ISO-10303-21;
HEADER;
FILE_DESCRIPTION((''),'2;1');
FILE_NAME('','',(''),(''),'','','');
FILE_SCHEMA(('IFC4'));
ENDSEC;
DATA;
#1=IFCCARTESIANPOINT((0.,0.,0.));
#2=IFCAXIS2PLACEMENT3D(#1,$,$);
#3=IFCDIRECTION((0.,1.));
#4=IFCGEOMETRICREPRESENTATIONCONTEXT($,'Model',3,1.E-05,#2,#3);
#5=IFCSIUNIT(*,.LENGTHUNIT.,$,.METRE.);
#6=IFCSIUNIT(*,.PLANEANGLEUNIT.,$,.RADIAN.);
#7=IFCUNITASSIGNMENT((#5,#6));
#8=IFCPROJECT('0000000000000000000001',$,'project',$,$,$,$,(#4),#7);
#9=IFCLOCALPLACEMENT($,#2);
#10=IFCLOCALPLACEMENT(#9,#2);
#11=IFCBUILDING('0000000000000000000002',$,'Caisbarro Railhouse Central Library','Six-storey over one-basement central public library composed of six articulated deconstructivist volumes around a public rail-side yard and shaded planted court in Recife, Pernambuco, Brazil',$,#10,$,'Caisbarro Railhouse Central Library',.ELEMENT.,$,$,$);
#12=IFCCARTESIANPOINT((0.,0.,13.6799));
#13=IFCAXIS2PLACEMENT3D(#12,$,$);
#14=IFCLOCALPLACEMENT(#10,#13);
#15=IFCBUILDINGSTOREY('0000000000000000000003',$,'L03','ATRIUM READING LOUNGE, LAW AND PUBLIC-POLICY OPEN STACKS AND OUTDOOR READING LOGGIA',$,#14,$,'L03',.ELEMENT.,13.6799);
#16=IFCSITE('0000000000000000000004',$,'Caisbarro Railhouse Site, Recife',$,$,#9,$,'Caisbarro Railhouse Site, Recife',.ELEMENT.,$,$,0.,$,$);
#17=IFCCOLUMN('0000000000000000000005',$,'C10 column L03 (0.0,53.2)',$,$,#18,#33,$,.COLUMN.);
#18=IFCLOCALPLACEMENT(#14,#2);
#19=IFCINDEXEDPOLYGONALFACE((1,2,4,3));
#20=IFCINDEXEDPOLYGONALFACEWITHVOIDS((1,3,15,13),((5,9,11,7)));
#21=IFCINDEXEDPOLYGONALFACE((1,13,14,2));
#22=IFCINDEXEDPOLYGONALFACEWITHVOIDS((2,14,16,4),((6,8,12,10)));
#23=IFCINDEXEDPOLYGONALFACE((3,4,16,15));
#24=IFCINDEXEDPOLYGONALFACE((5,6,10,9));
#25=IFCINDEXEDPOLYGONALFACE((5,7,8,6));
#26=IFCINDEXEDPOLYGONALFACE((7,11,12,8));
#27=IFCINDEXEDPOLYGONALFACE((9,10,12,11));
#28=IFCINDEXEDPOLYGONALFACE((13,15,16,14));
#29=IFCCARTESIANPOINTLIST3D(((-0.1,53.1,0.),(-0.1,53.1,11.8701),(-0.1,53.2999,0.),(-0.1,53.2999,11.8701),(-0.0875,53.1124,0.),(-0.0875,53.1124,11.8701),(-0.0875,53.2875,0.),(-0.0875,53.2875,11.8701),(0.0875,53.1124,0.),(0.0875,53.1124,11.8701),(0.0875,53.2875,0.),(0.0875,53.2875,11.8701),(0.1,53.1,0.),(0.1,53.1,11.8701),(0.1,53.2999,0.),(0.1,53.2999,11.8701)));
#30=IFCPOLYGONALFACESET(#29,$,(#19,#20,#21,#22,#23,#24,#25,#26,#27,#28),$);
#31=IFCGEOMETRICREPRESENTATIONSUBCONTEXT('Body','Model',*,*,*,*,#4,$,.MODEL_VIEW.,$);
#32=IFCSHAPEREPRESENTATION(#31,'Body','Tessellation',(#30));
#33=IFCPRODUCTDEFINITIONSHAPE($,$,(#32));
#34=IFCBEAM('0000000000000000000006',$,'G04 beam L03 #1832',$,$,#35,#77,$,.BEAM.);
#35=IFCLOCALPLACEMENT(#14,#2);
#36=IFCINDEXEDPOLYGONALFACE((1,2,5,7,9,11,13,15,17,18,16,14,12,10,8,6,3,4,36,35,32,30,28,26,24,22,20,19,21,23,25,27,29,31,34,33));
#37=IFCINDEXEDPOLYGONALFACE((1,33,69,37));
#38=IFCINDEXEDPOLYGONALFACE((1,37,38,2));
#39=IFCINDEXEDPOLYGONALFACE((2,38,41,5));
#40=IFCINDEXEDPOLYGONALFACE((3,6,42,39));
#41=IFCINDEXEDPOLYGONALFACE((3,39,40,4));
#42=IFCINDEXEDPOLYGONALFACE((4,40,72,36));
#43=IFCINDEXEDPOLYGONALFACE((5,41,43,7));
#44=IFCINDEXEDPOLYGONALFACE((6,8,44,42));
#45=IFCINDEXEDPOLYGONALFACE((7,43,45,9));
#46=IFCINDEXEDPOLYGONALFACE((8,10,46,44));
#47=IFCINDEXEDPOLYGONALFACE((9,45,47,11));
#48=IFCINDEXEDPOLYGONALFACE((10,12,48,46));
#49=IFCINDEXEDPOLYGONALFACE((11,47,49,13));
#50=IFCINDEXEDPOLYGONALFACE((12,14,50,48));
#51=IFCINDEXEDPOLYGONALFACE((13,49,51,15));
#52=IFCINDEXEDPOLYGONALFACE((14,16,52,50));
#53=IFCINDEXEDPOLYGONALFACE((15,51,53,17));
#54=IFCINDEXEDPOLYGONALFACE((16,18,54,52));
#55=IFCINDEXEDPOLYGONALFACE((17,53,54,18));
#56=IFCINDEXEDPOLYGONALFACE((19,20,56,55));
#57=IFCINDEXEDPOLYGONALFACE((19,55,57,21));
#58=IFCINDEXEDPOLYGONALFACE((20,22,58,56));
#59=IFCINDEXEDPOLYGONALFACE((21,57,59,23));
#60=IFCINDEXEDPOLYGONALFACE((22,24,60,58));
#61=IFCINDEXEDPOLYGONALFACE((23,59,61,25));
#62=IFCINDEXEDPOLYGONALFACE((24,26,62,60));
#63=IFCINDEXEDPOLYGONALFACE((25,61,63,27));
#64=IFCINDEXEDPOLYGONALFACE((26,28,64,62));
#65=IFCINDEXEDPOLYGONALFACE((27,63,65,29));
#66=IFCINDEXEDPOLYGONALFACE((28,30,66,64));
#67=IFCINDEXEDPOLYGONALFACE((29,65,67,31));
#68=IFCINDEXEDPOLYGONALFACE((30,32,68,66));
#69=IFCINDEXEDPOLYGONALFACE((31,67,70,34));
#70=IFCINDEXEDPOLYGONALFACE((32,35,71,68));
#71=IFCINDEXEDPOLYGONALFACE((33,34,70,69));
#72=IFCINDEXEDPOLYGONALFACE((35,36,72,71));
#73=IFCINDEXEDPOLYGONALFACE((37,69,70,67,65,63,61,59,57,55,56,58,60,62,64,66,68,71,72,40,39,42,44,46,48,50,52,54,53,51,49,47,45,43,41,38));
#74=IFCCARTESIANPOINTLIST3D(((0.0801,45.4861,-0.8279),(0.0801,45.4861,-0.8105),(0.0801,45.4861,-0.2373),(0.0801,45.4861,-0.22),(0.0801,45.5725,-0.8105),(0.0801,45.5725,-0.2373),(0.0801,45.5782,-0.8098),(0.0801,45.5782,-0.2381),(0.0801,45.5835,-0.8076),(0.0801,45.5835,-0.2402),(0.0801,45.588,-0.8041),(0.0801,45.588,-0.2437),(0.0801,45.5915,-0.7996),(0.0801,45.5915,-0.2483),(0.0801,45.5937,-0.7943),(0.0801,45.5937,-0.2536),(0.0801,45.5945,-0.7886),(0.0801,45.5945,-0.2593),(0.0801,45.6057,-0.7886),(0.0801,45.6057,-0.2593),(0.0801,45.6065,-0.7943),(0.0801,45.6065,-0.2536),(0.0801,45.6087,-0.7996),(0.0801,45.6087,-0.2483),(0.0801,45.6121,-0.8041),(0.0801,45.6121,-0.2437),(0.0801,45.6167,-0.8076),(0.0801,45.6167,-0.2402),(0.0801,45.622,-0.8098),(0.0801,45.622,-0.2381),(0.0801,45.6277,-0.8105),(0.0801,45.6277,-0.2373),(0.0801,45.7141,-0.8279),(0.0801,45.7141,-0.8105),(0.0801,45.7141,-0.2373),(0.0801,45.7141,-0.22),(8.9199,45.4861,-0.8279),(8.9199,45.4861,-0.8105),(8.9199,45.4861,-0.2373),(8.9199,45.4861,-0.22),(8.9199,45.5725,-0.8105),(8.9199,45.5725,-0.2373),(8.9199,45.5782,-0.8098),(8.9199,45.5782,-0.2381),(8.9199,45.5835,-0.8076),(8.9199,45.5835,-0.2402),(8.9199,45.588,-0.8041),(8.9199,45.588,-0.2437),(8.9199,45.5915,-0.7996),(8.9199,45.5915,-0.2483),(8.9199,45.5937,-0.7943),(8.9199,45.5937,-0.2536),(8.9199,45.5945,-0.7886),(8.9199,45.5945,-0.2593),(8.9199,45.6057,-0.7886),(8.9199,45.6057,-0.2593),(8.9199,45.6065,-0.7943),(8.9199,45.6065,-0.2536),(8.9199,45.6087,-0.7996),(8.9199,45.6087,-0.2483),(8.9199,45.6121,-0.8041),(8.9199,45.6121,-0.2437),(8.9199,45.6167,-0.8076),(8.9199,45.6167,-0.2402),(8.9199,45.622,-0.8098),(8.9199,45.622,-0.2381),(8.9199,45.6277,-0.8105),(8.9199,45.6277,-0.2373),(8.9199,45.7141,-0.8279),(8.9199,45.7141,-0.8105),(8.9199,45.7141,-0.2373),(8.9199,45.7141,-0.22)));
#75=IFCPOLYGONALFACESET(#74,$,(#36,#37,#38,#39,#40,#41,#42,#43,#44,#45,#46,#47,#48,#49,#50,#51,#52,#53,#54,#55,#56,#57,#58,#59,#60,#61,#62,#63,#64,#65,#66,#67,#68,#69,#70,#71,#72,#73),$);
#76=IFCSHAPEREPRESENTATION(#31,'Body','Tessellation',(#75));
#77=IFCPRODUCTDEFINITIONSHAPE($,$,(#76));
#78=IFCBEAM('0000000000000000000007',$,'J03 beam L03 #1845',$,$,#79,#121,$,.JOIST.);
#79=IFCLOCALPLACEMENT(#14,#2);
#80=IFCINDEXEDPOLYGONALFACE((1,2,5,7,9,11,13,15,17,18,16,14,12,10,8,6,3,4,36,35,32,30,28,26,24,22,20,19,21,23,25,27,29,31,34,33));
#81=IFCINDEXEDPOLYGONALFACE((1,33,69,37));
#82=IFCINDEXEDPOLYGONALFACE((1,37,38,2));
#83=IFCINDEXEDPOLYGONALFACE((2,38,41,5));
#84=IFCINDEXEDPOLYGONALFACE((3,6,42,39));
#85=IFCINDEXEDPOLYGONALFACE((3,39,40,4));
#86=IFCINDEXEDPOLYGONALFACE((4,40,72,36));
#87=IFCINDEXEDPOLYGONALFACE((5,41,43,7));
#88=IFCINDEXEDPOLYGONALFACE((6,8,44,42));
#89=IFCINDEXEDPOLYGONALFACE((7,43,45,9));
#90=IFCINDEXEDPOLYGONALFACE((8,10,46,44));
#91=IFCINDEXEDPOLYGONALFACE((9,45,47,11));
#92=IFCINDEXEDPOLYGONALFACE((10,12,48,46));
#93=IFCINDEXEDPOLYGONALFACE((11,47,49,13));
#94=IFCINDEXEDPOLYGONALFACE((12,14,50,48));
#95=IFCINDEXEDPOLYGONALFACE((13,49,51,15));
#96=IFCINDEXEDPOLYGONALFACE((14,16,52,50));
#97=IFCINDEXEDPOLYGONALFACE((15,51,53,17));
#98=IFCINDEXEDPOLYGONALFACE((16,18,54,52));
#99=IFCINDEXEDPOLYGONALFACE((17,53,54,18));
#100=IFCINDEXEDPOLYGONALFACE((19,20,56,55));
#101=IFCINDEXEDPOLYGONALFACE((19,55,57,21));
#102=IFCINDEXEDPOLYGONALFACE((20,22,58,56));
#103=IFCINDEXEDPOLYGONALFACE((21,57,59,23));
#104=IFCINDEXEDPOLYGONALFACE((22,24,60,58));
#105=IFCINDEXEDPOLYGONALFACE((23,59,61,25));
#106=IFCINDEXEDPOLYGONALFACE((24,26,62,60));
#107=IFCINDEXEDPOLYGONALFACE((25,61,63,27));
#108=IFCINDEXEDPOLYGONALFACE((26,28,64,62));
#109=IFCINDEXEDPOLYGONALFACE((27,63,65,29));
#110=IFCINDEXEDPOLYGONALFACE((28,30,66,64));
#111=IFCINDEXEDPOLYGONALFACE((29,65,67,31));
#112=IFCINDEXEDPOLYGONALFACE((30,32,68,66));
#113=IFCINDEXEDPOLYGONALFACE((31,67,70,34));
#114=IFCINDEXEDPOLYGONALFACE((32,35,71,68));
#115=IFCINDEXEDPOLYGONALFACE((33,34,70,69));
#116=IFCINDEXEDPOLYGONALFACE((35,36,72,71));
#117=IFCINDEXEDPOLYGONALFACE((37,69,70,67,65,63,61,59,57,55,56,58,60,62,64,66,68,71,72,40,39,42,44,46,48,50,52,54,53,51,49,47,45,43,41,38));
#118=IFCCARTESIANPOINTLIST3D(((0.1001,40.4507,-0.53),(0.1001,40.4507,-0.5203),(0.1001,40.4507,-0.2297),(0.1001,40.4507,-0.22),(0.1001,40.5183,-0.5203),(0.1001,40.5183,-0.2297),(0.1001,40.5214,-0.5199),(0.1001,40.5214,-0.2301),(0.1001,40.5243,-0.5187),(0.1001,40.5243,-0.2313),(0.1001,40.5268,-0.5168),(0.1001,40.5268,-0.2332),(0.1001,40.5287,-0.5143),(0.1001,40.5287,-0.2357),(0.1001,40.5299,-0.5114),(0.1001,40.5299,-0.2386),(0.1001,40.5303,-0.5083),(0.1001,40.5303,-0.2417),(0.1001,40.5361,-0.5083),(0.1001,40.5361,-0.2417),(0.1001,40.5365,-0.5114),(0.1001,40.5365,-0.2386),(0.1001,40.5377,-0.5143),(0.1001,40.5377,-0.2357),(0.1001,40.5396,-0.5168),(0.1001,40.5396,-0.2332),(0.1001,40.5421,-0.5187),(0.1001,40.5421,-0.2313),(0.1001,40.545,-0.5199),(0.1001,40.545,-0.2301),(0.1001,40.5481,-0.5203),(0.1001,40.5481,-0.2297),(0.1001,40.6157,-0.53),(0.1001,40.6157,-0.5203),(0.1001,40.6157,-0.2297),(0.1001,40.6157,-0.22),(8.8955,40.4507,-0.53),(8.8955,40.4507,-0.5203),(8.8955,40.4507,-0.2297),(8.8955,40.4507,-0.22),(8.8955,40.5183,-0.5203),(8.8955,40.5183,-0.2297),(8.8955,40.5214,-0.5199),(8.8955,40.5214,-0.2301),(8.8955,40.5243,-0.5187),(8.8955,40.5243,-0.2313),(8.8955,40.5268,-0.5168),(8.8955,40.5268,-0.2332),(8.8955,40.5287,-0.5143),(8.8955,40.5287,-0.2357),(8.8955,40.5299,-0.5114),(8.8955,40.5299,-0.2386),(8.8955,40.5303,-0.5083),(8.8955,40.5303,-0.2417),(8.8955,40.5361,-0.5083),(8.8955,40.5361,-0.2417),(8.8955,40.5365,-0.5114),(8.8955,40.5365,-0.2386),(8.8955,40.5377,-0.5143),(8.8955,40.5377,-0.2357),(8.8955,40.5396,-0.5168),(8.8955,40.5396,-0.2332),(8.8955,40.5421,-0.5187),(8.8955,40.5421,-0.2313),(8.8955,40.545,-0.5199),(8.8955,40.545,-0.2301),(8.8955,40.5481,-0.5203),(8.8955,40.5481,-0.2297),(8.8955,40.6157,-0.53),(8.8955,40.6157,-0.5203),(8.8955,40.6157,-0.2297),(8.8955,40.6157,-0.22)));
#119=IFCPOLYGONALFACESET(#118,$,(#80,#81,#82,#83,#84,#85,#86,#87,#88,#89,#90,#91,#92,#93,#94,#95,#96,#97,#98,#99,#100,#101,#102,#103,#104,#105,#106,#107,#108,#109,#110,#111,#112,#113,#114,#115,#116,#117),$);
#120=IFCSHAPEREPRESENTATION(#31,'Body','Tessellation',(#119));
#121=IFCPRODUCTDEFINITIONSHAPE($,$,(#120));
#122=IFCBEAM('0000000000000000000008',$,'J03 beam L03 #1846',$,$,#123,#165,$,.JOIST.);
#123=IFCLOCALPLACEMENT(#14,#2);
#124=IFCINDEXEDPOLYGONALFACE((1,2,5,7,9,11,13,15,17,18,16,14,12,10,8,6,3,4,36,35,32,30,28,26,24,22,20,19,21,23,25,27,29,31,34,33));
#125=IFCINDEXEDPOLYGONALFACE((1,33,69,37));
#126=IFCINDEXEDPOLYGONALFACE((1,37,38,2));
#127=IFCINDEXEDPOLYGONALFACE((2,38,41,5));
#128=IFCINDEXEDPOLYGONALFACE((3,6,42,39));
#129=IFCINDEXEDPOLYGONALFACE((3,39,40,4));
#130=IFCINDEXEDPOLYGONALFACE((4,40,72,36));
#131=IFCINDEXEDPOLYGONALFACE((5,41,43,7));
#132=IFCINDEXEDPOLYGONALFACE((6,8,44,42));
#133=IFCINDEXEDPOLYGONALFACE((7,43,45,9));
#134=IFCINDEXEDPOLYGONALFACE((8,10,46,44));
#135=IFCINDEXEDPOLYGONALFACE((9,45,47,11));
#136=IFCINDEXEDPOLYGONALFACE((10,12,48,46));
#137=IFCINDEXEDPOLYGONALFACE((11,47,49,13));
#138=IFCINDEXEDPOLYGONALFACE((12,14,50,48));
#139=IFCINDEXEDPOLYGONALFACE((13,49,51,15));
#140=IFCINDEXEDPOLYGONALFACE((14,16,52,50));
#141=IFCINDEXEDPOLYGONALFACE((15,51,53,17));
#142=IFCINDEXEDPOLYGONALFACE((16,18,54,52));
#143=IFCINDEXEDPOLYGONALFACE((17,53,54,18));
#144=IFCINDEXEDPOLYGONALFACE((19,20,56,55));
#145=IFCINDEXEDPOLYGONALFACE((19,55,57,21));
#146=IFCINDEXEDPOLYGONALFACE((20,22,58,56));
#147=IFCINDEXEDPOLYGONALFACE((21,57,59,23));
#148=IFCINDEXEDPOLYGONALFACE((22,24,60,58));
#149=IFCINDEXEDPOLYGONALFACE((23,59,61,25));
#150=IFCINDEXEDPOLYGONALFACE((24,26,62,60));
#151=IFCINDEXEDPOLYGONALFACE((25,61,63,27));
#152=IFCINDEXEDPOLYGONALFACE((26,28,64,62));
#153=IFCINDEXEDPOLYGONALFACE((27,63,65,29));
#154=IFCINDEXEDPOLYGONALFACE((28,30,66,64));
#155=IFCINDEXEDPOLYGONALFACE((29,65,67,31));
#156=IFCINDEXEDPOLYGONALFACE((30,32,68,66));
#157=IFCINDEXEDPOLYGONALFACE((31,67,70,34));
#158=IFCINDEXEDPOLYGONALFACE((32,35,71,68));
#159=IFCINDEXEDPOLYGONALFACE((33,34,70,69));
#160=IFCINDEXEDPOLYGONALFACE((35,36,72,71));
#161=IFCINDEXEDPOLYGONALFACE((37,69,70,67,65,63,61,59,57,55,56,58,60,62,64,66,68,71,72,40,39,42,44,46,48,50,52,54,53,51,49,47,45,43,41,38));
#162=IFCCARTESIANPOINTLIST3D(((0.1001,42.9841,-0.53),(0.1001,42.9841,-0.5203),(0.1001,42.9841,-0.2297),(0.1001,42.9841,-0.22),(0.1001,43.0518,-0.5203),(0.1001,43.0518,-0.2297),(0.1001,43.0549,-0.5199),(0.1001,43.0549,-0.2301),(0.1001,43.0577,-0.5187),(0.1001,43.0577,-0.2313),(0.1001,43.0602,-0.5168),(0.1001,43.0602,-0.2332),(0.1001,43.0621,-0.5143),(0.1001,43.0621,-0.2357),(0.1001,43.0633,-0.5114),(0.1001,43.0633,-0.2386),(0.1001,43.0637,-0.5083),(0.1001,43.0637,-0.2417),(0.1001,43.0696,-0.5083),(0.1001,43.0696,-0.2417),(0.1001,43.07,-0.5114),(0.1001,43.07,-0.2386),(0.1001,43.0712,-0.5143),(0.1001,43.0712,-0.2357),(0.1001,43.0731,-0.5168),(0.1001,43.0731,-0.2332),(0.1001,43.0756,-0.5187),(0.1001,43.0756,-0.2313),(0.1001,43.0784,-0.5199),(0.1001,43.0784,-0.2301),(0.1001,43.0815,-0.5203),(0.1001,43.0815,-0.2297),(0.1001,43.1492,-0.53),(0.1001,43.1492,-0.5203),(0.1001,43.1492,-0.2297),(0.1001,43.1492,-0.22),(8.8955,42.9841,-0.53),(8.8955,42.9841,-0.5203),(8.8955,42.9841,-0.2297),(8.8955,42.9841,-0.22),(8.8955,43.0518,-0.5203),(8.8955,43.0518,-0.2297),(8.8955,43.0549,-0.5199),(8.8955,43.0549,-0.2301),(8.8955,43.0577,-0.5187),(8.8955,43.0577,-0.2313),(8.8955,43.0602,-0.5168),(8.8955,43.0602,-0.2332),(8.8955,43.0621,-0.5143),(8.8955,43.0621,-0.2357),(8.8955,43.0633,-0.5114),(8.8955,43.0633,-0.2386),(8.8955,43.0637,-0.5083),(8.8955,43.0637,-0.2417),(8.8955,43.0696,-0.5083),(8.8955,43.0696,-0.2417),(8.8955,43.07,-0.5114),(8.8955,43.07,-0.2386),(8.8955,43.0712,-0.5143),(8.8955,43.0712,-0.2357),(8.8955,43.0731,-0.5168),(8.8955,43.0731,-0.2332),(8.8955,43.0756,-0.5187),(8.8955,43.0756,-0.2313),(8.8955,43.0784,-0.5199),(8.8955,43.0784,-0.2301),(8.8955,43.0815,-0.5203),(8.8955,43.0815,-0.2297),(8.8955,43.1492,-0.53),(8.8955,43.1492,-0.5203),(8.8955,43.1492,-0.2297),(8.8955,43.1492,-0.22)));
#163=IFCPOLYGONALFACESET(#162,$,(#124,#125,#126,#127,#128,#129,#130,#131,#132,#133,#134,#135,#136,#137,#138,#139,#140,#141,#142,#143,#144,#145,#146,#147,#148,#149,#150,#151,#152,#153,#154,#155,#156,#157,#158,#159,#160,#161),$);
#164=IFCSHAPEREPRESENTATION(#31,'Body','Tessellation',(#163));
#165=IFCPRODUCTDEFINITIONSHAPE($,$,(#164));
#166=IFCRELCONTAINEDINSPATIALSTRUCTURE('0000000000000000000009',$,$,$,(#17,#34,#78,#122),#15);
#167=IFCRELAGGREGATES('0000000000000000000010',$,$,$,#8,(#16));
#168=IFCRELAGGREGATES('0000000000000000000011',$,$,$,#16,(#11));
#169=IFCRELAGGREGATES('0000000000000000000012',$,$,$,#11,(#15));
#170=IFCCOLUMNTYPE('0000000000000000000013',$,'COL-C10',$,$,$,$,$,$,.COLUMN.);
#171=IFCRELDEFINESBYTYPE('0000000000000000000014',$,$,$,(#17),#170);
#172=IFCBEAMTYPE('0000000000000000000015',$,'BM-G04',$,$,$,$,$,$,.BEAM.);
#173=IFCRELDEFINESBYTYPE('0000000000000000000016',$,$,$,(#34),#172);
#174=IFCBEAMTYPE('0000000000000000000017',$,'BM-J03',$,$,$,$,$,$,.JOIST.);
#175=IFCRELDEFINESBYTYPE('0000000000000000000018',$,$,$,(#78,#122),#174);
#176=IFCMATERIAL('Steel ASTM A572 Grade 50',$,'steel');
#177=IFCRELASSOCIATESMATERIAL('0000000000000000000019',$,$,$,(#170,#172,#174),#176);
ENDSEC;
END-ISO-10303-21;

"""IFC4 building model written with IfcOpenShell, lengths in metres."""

from ifc_helpers import new_model, si_unit, direction, frame, origin, origin_2d, place, context, subcontext, project, spatial, hollow_rectangle, i_section, extrude, material, material_profile, profile_set, type_object, element, save


model = new_model("IFC4")

# Units and contexts
model_context = context("Model", 3, precision=1e-05, world=origin(), true_north=direction((0.0, 1.0)))
body_context = subcontext(model_context, "Body", "Model", "MODEL_VIEW")
ifc_project = project(units=[si_unit("LENGTHUNIT", "METRE"), si_unit("PLANEANGLEUNIT", "RADIAN")], contexts=[model_context])

# Site, building, storey
site_placement = place(None, origin())
site = spatial("IfcSite", under=ifc_project, at=site_placement, Name="Caisbarro Railhouse Site, Recife", LongName="Caisbarro Railhouse Site, Recife", CompositionType="ELEMENT", RefElevation=0.0)
building_placement = place(site_placement, origin())
building = spatial("IfcBuilding", under=site, at=building_placement, Name="Caisbarro Railhouse Central Library", Description="Six-storey over one-basement central public library composed of six articulated deconstructivist volumes around a public rail-side yard and shaded planted court in Recife, Pernambuco, Brazil", LongName="Caisbarro Railhouse Central Library", CompositionType="ELEMENT")
storey_placement = place(building_placement, frame((0.0, 0.0, 13.6799)))
storey = spatial("IfcBuildingStorey", under=building, at=storey_placement, Name="L03", Description="ATRIUM READING LOUNGE, LAW AND PUBLIC-POLICY OPEN STACKS AND OUTDOOR READING LOGGIA", LongName="L03", CompositionType="ELEMENT", Elevation=13.6799)

# Column
ifc_material_1 = material(Name="Steel ASTM A572 Grade 50", Category="steel")
ifc_material_profile_1 = material_profile(ifc_material_1, hollow_rectangle(XDim=0.2, YDim=0.2, WallThickness=0.0125, at=origin_2d()), Name="HSS200X200X12.5")
ifc_profile_set_1 = profile_set([ifc_material_profile_1], Name="Steel ASTM A572 Grade 50")
column_type = type_object("IfcColumnType", Name="COL-C10", PredefinedType="COLUMN", material=ifc_profile_set_1)
column_placement = place(storey_placement, frame((0.0, 53.2, 0.0), z_axis=(0.0, 0.0, 1.0), x_axis=(1.0, 0.0, 0.0)))
element("IfcColumn", 1, at=column_placement, inside=storey, type_object=column_type, Name="C10 column L03 (0.0,53.2)", PredefinedType="COLUMN", context=body_context, shape_type="SweptSolid", body=[
    extrude(hollow_rectangle(XDim=0.2, YDim=0.2, WallThickness=0.0125, at=origin_2d()), origin(), (0.0, 0.0, 1.0), 11.8701),
])

# Beams
ifc_material_profile_2 = material_profile(ifc_material_1, i_section(OverallWidth=0.228, OverallDepth=0.6079, WebThickness=0.0112, FlangeThickness=0.0173, FilletRadius=0.022, at=origin_2d()), Name="W610X113.0")
ifc_profile_set_2 = profile_set([ifc_material_profile_2], Name="Steel ASTM A572 Grade 50")
beam_type_1 = type_object("IfcBeamType", Name="BM-G04", PredefinedType="BEAM", material=ifc_profile_set_2)
beam_1_placement = place(storey_placement, frame((0.0801, 45.6001, -0.5239), z_axis=(1.0, 0.0, 0.0), x_axis=(0.0, 1.0, 0.0)))
element("IfcBeam", 2, at=beam_1_placement, inside=storey, type_object=beam_type_1, Name="G04 beam L03 #1832", PredefinedType="BEAM", context=body_context, shape_type="SweptSolid", body=[
    extrude(i_section(OverallWidth=0.228, OverallDepth=0.6079, WebThickness=0.0112, FlangeThickness=0.0173, FilletRadius=0.022, at=origin_2d()), origin(), (0.0, 0.0, 1.0), 8.8398),
])
ifc_material_profile_3 = material_profile(ifc_material_1, i_section(OverallWidth=0.165, OverallDepth=0.3101, WebThickness=0.0059, FlangeThickness=0.0098, FilletRadius=0.012, at=origin_2d()), Name="W310X38.7")
ifc_profile_set_3 = profile_set([ifc_material_profile_3], Name="Steel ASTM A572 Grade 50")
beam_type_2 = type_object("IfcBeamType", Name="BM-J03", PredefinedType="JOIST", material=ifc_profile_set_3)
for number, where, z_axis, x_axis, name in (
    (3, (0.1001, 40.5332, -0.375), (1.0, 0.0, 0.0), (0.0, 1.0, 0.0), "J03 beam L03 #1845"),
    (4, (0.1001, 43.0667, -0.375), (1.0, 0.0, 0.0), (0.0, 1.0, 0.0), "J03 beam L03 #1846"),
):
    element("IfcBeam", number, at=place(storey_placement, frame(where, z_axis=z_axis, x_axis=x_axis)), inside=storey, type_object=beam_type_2, Name=name, PredefinedType="JOIST", context=body_context, shape_type="SweptSolid", body=[
        extrude(i_section(OverallWidth=0.165, OverallDepth=0.3101, WebThickness=0.0059, FlangeThickness=0.0098, FilletRadius=0.012, at=origin_2d()), origin(), (0.0, 0.0, 1.0), 8.7954),
    ])

save(model, "model.ifc")
